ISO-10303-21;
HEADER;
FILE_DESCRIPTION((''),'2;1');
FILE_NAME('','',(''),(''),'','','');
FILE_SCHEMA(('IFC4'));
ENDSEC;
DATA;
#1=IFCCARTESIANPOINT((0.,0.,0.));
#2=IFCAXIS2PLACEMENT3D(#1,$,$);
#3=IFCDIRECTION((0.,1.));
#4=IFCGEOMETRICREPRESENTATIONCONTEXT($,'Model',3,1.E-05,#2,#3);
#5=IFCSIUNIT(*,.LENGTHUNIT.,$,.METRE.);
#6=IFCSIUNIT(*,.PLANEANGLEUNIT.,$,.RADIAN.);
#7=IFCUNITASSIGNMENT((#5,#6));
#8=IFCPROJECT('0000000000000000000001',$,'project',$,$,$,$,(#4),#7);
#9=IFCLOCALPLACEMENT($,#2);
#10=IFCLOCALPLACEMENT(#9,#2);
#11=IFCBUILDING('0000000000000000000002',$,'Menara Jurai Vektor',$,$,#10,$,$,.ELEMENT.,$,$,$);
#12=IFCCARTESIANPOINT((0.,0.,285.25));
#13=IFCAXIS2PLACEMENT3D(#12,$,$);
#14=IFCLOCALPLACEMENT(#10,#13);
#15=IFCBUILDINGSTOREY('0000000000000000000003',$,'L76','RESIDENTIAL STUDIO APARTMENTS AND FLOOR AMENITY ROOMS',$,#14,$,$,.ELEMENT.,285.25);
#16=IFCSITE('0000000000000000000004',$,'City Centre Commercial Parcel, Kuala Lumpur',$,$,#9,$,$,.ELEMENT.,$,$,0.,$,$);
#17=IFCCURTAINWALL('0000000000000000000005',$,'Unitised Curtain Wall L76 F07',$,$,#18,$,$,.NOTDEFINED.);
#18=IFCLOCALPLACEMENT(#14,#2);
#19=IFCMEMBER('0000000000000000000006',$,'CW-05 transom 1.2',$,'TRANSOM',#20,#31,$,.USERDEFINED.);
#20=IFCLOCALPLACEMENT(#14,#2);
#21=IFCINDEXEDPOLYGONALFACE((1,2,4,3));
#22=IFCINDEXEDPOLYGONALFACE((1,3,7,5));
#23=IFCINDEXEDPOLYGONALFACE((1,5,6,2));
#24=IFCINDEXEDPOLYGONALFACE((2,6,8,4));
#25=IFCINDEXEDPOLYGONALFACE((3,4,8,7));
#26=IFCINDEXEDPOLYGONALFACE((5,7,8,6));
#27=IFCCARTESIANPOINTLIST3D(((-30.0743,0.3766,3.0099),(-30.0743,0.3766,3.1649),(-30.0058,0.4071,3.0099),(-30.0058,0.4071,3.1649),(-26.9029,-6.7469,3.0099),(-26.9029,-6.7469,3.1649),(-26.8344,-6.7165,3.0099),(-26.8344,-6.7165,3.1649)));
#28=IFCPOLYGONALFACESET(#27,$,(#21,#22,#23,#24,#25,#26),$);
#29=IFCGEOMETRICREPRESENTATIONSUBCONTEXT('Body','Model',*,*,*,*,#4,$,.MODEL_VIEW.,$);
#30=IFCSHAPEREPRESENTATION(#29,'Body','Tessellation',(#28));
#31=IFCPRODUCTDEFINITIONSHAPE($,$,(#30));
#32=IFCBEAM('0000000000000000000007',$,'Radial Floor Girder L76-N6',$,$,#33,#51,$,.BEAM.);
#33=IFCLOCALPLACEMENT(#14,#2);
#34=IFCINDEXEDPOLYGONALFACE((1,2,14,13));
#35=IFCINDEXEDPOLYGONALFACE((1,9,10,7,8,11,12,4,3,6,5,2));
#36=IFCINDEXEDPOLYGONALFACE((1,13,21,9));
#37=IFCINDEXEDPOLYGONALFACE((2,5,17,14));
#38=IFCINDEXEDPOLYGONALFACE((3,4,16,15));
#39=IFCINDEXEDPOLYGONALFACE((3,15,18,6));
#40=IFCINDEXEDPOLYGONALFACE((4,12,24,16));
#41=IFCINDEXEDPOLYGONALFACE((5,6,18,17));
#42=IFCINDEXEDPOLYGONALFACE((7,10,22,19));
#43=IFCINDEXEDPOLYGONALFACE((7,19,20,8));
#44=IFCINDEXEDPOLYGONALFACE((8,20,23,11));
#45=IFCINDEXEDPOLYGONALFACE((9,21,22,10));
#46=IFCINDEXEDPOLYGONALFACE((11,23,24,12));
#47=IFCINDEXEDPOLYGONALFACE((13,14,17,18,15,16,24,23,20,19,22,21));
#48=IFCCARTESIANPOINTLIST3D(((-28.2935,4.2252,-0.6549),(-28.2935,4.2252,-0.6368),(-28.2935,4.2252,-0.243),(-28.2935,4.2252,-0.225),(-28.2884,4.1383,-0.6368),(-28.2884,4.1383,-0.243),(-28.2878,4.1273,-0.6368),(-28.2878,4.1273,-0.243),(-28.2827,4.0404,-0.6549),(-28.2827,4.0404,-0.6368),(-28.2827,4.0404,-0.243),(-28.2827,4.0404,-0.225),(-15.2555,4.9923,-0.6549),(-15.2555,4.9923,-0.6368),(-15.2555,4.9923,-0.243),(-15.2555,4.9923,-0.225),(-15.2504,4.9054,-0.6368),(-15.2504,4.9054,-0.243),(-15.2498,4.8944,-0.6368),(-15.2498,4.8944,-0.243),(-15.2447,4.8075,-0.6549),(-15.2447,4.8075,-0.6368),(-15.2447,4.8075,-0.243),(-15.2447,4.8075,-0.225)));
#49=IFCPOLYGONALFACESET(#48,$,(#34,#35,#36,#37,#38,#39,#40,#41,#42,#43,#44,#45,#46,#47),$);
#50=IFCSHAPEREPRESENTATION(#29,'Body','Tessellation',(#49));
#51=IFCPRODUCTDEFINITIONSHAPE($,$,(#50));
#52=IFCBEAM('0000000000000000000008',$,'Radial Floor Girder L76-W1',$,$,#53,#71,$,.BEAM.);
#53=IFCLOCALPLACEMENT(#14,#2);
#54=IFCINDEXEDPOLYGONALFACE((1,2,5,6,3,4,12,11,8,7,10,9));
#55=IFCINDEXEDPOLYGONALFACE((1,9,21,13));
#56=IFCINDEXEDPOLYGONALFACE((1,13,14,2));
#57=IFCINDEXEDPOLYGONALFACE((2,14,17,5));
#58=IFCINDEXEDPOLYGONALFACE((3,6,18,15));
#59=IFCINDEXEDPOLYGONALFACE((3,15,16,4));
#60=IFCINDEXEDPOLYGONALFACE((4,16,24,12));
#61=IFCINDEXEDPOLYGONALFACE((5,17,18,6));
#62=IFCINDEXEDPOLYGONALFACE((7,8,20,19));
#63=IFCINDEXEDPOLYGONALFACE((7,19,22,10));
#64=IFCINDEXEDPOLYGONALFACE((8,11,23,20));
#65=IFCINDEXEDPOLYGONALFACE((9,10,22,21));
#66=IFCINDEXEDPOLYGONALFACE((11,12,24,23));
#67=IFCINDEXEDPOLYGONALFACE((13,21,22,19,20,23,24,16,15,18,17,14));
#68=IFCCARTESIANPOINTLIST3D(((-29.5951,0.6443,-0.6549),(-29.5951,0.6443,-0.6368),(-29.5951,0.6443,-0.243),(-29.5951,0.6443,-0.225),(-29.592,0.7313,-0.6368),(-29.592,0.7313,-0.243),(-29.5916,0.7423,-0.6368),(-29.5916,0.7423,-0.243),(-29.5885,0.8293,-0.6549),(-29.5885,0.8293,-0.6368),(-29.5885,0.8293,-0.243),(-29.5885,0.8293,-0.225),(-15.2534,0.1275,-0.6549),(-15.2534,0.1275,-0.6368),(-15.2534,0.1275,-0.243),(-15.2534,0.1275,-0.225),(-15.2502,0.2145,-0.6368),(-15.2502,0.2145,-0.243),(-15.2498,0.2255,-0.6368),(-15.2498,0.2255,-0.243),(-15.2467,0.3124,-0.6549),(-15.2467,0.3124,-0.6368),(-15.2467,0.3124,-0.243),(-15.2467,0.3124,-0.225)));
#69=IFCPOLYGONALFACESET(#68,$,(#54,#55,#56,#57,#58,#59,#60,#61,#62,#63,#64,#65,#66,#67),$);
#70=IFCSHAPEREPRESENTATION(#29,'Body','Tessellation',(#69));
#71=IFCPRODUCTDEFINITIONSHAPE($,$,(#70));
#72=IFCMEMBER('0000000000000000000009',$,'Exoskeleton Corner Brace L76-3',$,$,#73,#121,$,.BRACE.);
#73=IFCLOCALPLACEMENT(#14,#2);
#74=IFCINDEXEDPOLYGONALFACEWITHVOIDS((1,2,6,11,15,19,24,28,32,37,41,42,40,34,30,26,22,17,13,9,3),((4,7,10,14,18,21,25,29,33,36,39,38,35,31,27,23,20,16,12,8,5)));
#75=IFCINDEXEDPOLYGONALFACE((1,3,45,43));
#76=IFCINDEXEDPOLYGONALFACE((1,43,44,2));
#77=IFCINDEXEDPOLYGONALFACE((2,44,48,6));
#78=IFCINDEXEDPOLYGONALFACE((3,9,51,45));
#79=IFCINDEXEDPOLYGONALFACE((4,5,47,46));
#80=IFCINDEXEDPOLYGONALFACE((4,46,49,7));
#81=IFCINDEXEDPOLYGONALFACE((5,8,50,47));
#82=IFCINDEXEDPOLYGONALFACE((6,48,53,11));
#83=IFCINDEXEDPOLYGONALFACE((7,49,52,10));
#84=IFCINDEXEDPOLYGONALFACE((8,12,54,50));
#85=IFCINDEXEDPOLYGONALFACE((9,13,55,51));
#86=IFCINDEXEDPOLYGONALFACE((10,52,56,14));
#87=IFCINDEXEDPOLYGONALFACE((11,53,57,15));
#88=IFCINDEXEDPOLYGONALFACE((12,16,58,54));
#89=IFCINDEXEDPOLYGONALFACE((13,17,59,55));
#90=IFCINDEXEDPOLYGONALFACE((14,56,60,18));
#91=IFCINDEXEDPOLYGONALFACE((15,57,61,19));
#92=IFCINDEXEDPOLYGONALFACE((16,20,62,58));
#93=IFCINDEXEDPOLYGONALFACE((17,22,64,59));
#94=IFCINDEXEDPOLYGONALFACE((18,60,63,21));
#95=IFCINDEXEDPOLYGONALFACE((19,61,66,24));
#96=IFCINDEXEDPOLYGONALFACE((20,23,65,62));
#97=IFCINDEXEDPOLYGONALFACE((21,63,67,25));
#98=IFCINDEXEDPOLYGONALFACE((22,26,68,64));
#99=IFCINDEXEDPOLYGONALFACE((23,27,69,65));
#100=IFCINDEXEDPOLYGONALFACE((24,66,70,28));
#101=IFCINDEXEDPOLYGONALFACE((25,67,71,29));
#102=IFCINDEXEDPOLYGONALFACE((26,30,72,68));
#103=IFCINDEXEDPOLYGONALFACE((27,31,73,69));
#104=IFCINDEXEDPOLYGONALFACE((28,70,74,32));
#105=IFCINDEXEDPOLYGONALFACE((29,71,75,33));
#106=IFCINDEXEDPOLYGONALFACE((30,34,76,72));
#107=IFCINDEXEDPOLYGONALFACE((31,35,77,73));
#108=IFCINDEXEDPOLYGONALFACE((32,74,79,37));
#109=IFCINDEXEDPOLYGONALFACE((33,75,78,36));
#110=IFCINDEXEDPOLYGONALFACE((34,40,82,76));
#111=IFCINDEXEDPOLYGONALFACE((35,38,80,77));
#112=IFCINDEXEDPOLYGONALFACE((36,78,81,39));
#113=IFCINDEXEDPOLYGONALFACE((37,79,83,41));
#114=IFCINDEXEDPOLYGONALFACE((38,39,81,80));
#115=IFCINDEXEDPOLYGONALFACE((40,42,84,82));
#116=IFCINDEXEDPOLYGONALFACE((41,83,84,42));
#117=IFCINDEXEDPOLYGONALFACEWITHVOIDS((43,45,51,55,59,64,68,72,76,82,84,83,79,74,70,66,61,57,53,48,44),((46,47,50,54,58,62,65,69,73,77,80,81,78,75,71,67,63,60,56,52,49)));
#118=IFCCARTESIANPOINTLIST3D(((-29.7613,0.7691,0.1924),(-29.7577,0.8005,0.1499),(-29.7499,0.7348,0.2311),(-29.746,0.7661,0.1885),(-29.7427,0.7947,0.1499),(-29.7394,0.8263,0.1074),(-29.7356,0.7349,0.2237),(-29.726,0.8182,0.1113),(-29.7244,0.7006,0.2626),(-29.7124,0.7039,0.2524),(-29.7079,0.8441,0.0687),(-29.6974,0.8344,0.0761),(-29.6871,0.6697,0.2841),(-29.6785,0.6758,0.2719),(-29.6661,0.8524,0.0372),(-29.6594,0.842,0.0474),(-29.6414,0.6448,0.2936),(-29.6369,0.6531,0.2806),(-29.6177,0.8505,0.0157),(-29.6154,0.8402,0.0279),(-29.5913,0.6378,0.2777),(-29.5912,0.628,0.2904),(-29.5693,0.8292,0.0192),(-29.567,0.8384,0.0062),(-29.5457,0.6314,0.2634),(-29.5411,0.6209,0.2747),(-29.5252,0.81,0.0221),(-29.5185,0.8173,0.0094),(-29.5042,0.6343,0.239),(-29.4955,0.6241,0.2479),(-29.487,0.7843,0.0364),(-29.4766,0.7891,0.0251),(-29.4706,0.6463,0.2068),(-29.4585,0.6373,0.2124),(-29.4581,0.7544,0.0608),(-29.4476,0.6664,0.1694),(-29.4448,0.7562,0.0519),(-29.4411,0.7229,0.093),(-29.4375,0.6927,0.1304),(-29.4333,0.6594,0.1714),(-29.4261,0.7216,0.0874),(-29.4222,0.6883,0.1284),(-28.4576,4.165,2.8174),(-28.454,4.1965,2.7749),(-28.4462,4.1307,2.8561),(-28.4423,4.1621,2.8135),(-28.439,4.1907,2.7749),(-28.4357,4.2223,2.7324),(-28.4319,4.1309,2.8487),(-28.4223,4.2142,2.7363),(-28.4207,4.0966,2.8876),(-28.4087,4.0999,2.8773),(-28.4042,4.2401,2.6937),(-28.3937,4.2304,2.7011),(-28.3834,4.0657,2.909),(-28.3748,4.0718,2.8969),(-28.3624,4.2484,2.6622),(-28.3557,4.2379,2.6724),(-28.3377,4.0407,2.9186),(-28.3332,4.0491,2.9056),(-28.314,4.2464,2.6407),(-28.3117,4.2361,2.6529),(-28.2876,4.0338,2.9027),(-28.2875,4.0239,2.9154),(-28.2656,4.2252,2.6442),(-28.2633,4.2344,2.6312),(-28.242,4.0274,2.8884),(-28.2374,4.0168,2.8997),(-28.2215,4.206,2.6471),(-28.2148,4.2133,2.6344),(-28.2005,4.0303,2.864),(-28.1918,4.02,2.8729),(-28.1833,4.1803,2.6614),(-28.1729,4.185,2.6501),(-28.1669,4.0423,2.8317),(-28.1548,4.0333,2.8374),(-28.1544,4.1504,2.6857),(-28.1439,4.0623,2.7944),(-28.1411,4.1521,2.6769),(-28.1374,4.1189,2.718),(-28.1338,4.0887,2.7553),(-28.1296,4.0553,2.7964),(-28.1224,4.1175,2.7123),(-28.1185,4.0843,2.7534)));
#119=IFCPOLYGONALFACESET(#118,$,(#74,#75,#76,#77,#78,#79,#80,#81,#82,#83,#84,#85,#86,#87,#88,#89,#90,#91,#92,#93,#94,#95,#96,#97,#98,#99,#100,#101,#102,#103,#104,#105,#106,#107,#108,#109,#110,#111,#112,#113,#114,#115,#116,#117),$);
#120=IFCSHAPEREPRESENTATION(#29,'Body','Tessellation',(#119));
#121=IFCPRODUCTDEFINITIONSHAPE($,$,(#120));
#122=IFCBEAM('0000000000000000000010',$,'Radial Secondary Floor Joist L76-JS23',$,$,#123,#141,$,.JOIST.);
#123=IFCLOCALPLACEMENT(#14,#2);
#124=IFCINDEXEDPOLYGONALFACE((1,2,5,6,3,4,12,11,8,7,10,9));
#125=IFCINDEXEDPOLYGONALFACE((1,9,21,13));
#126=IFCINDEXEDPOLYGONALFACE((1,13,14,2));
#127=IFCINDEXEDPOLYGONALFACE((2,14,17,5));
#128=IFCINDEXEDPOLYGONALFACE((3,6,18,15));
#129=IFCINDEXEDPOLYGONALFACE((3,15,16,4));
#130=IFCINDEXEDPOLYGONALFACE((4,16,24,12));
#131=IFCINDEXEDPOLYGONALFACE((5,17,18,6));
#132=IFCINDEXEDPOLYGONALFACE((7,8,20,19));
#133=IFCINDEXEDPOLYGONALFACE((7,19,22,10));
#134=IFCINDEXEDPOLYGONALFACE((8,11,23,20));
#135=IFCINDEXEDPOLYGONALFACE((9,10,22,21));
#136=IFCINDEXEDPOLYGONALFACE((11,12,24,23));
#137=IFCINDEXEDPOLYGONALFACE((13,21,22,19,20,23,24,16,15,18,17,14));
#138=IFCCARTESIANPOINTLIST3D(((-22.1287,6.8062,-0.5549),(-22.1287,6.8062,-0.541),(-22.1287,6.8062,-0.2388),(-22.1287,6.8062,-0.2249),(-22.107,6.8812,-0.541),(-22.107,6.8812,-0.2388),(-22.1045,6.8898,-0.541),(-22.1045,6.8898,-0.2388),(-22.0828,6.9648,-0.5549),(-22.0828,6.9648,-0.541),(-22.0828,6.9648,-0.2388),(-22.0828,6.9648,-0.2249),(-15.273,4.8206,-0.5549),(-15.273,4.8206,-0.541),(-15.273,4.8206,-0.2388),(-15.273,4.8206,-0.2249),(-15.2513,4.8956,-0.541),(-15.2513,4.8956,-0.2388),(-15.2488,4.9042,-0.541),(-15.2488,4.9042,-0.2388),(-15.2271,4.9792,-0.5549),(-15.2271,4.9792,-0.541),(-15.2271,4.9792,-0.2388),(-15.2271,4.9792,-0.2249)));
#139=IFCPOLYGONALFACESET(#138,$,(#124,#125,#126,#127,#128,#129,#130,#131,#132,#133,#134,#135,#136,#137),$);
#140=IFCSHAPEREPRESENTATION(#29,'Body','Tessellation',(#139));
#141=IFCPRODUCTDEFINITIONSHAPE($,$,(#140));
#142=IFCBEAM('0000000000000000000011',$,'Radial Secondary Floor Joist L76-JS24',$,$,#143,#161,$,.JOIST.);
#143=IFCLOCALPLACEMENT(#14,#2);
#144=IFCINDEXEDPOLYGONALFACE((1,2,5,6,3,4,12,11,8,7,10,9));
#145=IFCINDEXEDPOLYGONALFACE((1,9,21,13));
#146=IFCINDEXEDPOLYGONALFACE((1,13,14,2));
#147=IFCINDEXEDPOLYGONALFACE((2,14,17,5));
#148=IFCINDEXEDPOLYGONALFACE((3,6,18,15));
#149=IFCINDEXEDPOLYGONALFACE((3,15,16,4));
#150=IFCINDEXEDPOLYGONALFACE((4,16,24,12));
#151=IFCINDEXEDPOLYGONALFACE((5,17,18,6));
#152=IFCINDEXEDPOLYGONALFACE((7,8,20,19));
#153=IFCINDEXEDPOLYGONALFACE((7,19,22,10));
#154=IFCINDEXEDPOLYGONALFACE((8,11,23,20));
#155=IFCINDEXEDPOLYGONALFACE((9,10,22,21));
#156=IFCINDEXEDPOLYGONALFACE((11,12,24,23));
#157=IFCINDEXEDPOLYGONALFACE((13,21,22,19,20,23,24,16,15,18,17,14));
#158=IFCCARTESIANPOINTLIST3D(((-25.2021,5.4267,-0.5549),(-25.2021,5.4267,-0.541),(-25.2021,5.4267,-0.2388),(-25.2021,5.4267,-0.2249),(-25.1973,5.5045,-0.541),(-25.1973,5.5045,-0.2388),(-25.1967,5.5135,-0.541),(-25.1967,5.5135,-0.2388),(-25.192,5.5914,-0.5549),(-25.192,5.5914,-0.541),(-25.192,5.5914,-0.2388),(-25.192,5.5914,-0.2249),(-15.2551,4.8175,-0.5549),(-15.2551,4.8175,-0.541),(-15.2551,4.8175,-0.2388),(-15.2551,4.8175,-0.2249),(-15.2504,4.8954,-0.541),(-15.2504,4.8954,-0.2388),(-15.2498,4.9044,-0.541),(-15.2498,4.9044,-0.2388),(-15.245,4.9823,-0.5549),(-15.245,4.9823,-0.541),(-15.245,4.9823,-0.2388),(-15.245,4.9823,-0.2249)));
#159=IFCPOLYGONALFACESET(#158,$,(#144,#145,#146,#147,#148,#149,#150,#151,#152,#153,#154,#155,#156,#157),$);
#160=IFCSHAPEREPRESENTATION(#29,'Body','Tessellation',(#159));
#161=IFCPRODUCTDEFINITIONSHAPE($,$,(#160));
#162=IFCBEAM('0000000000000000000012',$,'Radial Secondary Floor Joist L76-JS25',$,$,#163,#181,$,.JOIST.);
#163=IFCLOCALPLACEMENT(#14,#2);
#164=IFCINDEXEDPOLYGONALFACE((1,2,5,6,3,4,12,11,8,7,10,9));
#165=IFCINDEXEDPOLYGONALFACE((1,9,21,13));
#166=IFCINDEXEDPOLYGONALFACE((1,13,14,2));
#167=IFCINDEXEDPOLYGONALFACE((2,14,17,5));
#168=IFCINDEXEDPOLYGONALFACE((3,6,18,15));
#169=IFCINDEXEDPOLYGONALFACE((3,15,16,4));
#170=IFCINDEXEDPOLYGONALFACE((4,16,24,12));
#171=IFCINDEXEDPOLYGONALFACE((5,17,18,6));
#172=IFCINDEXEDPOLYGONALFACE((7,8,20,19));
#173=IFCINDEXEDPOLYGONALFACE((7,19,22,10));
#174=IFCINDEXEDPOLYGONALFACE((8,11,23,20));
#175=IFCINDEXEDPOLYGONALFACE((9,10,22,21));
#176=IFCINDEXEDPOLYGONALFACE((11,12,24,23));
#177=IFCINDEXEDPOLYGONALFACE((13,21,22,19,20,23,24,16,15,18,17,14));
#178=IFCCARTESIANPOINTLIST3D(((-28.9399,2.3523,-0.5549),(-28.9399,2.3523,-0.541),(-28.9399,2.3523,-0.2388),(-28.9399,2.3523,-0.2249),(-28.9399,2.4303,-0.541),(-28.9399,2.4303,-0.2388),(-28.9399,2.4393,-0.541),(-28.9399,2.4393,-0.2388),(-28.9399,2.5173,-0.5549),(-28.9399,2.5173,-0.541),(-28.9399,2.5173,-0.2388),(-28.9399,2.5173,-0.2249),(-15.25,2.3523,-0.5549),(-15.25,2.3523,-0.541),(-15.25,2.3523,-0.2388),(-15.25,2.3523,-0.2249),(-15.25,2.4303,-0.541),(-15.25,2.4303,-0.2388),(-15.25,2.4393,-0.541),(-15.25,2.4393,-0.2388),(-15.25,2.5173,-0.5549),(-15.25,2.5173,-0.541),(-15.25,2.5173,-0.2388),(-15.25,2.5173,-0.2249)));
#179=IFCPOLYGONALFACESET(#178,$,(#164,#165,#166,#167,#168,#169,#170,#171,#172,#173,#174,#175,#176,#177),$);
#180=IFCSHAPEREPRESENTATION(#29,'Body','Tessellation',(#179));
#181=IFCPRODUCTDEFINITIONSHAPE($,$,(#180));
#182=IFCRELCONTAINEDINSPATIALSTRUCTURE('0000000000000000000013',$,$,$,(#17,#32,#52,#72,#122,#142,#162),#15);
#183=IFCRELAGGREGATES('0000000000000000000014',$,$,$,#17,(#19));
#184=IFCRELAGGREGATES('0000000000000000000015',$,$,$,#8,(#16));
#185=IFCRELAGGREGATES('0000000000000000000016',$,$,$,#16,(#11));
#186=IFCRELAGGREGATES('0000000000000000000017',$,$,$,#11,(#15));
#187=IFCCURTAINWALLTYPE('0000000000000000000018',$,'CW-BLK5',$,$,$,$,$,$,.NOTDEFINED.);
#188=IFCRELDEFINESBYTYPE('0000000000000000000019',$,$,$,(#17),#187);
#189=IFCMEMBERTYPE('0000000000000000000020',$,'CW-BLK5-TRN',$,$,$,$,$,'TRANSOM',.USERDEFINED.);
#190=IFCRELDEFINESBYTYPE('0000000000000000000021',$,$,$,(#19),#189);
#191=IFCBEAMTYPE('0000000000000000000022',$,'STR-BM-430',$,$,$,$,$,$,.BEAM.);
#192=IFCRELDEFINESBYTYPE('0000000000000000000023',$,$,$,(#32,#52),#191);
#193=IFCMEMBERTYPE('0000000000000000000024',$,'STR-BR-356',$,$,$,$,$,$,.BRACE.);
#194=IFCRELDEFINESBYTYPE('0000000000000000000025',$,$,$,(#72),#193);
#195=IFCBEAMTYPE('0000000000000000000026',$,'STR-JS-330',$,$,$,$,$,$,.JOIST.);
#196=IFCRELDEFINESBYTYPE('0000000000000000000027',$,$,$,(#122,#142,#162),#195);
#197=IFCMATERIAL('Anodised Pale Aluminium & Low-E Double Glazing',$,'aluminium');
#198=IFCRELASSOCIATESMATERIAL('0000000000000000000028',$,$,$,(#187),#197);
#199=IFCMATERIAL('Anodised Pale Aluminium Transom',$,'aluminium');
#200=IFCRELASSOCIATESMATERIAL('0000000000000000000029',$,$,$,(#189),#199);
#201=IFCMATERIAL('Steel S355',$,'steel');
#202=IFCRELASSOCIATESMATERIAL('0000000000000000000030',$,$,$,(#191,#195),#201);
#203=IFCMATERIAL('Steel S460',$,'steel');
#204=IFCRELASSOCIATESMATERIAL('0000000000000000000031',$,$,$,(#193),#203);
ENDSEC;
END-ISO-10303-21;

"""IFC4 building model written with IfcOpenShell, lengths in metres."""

from ifc_helpers import new_model, si_unit, direction, frame, origin, origin_2d, place, context, subcontext, project, spatial, rectangle, hollow_circle, i_section, extrude, material, material_profile, profile_set, type_object, element, aggregate, save


model = new_model("IFC4")

# Units and contexts
model_context = context("Model", 3, precision=1e-05, world=origin(), true_north=direction((0.0, 1.0)))
body_context = subcontext(model_context, "Body", "Model", "MODEL_VIEW")
ifc_project = project(units=[si_unit("LENGTHUNIT", "METRE"), si_unit("PLANEANGLEUNIT", "RADIAN")], contexts=[model_context])

# Site, building, storey
site_placement = place(None, origin())
site = spatial("IfcSite", under=ifc_project, at=site_placement, Name="City Centre Commercial Parcel, Kuala Lumpur", CompositionType="ELEMENT", RefElevation=0.0)
building_placement = place(site_placement, origin())
building = spatial("IfcBuilding", under=site, at=building_placement, Name="Menara Jurai Vektor", CompositionType="ELEMENT")
storey_placement = place(building_placement, frame((0.0, 0.0, 285.25)))
storey = spatial("IfcBuildingStorey", under=building, at=storey_placement, Name="L76", Description="RESIDENTIAL STUDIO APARTMENTS AND FLOOR AMENITY ROOMS", CompositionType="ELEMENT", Elevation=285.25)

# Shared definitions
ifc_material_1 = material(Name="Steel S460", Category="steel")

# Shared definitions
ifc_material_2 = material(Name="Anodised Pale Aluminium & Low-E Double Glazing", Category="aluminium")
curtain_wall_type = type_object("IfcCurtainWallType", Name="CW-BLK5", PredefinedType="NOTDEFINED", material=ifc_material_2)

# Curtain wall
curtain_wall_1_placement = place(storey_placement, origin())
curtain_wall_1 = element("IfcCurtainWall", 1, at=curtain_wall_1_placement, inside=storey, type_object=curtain_wall_type, Name="Unitised Curtain Wall L76 F07", PredefinedType="NOTDEFINED")

# Member
ifc_material_3 = material(Name="Anodised Pale Aluminium Transom", Category="aluminium")
ifc_material_profile_1 = material_profile(ifc_material_3, rectangle(XDim=0.075, YDim=0.155, at=origin_2d()), Name="ALU TRN 75x155")
ifc_profile_set_1 = profile_set([ifc_material_profile_1], Name="Anodised Pale Aluminium Transom")
member_type_1 = type_object("IfcMemberType", Name="CW-BLK5-TRN", ElementType="TRANSOM", PredefinedType="USERDEFINED", material=ifc_profile_set_1)
member_1_placement = place(storey_placement, frame((-30.04, 0.3918, 3.0874), z_axis=(0.406714, -0.913556, 0.0), x_axis=(0.913556, 0.406714, 0.0)))
member_1 = element("IfcMember", 2, at=member_1_placement, type_object=member_type_1, Name="CW-05 transom 1.2", ObjectType="TRANSOM", PredefinedType="USERDEFINED", context=body_context, shape_type="SweptSolid", body=[
    extrude(rectangle(XDim=0.075, YDim=0.155, at=origin_2d()), origin(), (0.0, 0.0, 1.0), 7.7976),
])
aggregate(curtain_wall_1, [member_1])

# Beams
ifc_material_4 = material(Name="Steel S355", Category="steel")
ifc_material_profile_2 = material_profile(ifc_material_4, i_section(OverallWidth=0.1851, OverallDepth=0.4299, WebThickness=0.011, FlangeThickness=0.0181, at=origin_2d()), Name="PG 430x185x76")
ifc_profile_set_2 = profile_set([ifc_material_profile_2], Name="Steel S355")
beam_type_1 = type_object("IfcBeamType", Name="STR-BM-430", PredefinedType="BEAM", material=ifc_profile_set_2)
beam_1_placement = place(storey_placement, frame((-28.2881, 4.1328, -0.4399), z_axis=(0.998274, 0.058733, 0.0), x_axis=(-0.058733, 0.998274, 0.0)))
element("IfcBeam", 3, at=beam_1_placement, inside=storey, type_object=beam_type_1, Name="Radial Floor Girder L76-N6", PredefinedType="BEAM", context=body_context, shape_type="SweptSolid", body=[
    extrude(i_section(OverallWidth=0.1851, OverallDepth=0.4299, WebThickness=0.011, FlangeThickness=0.0181, at=origin_2d()), origin(), (0.0, 0.0, 1.0), 13.0605),
])
beam_2_placement = place(storey_placement, frame((-29.5918, 0.7368, -0.4399), z_axis=(0.999351, -0.036014, 0.0), x_axis=(0.036014, 0.999351, 0.0)))
element("IfcBeam", 4, at=beam_2_placement, inside=storey, type_object=beam_type_1, Name="Radial Floor Girder L76-W1", PredefinedType="BEAM", context=body_context, shape_type="SweptSolid", body=[
    extrude(i_section(OverallWidth=0.1851, OverallDepth=0.4299, WebThickness=0.011, FlangeThickness=0.0181, at=origin_2d()), origin(), (0.0, 0.0, 1.0), 14.3511),
])

# Member
ifc_material_profile_3 = material_profile(ifc_material_1, hollow_circle(Radius=0.1777, WallThickness=0.0161, at=origin_2d()), Name="CHS 355.6x16")
ifc_profile_set_3 = profile_set([ifc_material_profile_3], Name="Steel S460")
member_type_2 = type_object("IfcMemberType", Name="STR-BR-356", PredefinedType="BRACE", material=ifc_profile_set_3)
member_2_placement = place(storey_placement, frame((-29.5918, 0.7368, 0.1499), z_axis=(0.290626, 0.757042, 0.58517), x_axis=(-0.93357, 0.358394, 0.0)))
element("IfcMember", 5, at=member_2_placement, inside=storey, type_object=member_type_2, Name="Exoskeleton Corner Brace L76-3", PredefinedType="BRACE", context=body_context, shape_type="SweptSolid", body=[
    extrude(hollow_circle(Radius=0.1777, WallThickness=0.0161, at=origin_2d()), origin(), (0.0, 0.0, 1.0), 4.4858),
])

# Beams
ifc_material_profile_4 = material_profile(ifc_material_4, i_section(OverallWidth=0.165, OverallDepth=0.3301, WebThickness=0.009, FlangeThickness=0.0139, at=origin_2d()), Name="PG 330x165x46")
ifc_profile_set_4 = profile_set([ifc_material_profile_4], Name="Steel S355")
beam_type_2 = type_object("IfcBeamType", Name="STR-JS-330", PredefinedType="JOIST", material=ifc_profile_set_4)
beam_3_placement = place(storey_placement, frame((-22.1057, 6.8855, -0.3899), z_axis=(0.960525, -0.278193, 0.0), x_axis=(0.278193, 0.960525, 0.0)))
element("IfcBeam", 6, at=beam_3_placement, inside=storey, type_object=beam_type_2, Name="Radial Secondary Floor Joist L76-JS23", PredefinedType="JOIST", context=body_context, shape_type="SweptSolid", body=[
    extrude(i_section(OverallWidth=0.165, OverallDepth=0.3301, WebThickness=0.009, FlangeThickness=0.0139, at=origin_2d()), origin(), (0.0, 0.0, 1.0), 7.1375),
])
beam_4_placement = place(storey_placement, frame((-25.197, 5.509, -0.3899), z_axis=(0.99813, -0.061123, 0.0), x_axis=(0.061123, 0.99813, 0.0)))
element("IfcBeam", 7, at=beam_4_placement, inside=storey, type_object=beam_type_2, Name="Radial Secondary Floor Joist L76-JS24", PredefinedType="JOIST", context=body_context, shape_type="SweptSolid", body=[
    extrude(i_section(OverallWidth=0.165, OverallDepth=0.3301, WebThickness=0.009, FlangeThickness=0.0139, at=origin_2d()), origin(), (0.0, 0.0, 1.0), 9.9656),
])
beam_5_placement = place(storey_placement, frame((-28.9399, 2.4348, -0.3899), z_axis=(1.0, 0.0, 0.0), x_axis=(0.0, 1.0, 0.0)))
element("IfcBeam", 8, at=beam_5_placement, inside=storey, type_object=beam_type_2, Name="Radial Secondary Floor Joist L76-JS25", PredefinedType="JOIST", context=body_context, shape_type="SweptSolid", body=[
    extrude(i_section(OverallWidth=0.165, OverallDepth=0.3301, WebThickness=0.009, FlangeThickness=0.0139, at=origin_2d()), origin(), (0.0, 0.0, 1.0), 13.6899),
])

save(model, "model.ifc")
